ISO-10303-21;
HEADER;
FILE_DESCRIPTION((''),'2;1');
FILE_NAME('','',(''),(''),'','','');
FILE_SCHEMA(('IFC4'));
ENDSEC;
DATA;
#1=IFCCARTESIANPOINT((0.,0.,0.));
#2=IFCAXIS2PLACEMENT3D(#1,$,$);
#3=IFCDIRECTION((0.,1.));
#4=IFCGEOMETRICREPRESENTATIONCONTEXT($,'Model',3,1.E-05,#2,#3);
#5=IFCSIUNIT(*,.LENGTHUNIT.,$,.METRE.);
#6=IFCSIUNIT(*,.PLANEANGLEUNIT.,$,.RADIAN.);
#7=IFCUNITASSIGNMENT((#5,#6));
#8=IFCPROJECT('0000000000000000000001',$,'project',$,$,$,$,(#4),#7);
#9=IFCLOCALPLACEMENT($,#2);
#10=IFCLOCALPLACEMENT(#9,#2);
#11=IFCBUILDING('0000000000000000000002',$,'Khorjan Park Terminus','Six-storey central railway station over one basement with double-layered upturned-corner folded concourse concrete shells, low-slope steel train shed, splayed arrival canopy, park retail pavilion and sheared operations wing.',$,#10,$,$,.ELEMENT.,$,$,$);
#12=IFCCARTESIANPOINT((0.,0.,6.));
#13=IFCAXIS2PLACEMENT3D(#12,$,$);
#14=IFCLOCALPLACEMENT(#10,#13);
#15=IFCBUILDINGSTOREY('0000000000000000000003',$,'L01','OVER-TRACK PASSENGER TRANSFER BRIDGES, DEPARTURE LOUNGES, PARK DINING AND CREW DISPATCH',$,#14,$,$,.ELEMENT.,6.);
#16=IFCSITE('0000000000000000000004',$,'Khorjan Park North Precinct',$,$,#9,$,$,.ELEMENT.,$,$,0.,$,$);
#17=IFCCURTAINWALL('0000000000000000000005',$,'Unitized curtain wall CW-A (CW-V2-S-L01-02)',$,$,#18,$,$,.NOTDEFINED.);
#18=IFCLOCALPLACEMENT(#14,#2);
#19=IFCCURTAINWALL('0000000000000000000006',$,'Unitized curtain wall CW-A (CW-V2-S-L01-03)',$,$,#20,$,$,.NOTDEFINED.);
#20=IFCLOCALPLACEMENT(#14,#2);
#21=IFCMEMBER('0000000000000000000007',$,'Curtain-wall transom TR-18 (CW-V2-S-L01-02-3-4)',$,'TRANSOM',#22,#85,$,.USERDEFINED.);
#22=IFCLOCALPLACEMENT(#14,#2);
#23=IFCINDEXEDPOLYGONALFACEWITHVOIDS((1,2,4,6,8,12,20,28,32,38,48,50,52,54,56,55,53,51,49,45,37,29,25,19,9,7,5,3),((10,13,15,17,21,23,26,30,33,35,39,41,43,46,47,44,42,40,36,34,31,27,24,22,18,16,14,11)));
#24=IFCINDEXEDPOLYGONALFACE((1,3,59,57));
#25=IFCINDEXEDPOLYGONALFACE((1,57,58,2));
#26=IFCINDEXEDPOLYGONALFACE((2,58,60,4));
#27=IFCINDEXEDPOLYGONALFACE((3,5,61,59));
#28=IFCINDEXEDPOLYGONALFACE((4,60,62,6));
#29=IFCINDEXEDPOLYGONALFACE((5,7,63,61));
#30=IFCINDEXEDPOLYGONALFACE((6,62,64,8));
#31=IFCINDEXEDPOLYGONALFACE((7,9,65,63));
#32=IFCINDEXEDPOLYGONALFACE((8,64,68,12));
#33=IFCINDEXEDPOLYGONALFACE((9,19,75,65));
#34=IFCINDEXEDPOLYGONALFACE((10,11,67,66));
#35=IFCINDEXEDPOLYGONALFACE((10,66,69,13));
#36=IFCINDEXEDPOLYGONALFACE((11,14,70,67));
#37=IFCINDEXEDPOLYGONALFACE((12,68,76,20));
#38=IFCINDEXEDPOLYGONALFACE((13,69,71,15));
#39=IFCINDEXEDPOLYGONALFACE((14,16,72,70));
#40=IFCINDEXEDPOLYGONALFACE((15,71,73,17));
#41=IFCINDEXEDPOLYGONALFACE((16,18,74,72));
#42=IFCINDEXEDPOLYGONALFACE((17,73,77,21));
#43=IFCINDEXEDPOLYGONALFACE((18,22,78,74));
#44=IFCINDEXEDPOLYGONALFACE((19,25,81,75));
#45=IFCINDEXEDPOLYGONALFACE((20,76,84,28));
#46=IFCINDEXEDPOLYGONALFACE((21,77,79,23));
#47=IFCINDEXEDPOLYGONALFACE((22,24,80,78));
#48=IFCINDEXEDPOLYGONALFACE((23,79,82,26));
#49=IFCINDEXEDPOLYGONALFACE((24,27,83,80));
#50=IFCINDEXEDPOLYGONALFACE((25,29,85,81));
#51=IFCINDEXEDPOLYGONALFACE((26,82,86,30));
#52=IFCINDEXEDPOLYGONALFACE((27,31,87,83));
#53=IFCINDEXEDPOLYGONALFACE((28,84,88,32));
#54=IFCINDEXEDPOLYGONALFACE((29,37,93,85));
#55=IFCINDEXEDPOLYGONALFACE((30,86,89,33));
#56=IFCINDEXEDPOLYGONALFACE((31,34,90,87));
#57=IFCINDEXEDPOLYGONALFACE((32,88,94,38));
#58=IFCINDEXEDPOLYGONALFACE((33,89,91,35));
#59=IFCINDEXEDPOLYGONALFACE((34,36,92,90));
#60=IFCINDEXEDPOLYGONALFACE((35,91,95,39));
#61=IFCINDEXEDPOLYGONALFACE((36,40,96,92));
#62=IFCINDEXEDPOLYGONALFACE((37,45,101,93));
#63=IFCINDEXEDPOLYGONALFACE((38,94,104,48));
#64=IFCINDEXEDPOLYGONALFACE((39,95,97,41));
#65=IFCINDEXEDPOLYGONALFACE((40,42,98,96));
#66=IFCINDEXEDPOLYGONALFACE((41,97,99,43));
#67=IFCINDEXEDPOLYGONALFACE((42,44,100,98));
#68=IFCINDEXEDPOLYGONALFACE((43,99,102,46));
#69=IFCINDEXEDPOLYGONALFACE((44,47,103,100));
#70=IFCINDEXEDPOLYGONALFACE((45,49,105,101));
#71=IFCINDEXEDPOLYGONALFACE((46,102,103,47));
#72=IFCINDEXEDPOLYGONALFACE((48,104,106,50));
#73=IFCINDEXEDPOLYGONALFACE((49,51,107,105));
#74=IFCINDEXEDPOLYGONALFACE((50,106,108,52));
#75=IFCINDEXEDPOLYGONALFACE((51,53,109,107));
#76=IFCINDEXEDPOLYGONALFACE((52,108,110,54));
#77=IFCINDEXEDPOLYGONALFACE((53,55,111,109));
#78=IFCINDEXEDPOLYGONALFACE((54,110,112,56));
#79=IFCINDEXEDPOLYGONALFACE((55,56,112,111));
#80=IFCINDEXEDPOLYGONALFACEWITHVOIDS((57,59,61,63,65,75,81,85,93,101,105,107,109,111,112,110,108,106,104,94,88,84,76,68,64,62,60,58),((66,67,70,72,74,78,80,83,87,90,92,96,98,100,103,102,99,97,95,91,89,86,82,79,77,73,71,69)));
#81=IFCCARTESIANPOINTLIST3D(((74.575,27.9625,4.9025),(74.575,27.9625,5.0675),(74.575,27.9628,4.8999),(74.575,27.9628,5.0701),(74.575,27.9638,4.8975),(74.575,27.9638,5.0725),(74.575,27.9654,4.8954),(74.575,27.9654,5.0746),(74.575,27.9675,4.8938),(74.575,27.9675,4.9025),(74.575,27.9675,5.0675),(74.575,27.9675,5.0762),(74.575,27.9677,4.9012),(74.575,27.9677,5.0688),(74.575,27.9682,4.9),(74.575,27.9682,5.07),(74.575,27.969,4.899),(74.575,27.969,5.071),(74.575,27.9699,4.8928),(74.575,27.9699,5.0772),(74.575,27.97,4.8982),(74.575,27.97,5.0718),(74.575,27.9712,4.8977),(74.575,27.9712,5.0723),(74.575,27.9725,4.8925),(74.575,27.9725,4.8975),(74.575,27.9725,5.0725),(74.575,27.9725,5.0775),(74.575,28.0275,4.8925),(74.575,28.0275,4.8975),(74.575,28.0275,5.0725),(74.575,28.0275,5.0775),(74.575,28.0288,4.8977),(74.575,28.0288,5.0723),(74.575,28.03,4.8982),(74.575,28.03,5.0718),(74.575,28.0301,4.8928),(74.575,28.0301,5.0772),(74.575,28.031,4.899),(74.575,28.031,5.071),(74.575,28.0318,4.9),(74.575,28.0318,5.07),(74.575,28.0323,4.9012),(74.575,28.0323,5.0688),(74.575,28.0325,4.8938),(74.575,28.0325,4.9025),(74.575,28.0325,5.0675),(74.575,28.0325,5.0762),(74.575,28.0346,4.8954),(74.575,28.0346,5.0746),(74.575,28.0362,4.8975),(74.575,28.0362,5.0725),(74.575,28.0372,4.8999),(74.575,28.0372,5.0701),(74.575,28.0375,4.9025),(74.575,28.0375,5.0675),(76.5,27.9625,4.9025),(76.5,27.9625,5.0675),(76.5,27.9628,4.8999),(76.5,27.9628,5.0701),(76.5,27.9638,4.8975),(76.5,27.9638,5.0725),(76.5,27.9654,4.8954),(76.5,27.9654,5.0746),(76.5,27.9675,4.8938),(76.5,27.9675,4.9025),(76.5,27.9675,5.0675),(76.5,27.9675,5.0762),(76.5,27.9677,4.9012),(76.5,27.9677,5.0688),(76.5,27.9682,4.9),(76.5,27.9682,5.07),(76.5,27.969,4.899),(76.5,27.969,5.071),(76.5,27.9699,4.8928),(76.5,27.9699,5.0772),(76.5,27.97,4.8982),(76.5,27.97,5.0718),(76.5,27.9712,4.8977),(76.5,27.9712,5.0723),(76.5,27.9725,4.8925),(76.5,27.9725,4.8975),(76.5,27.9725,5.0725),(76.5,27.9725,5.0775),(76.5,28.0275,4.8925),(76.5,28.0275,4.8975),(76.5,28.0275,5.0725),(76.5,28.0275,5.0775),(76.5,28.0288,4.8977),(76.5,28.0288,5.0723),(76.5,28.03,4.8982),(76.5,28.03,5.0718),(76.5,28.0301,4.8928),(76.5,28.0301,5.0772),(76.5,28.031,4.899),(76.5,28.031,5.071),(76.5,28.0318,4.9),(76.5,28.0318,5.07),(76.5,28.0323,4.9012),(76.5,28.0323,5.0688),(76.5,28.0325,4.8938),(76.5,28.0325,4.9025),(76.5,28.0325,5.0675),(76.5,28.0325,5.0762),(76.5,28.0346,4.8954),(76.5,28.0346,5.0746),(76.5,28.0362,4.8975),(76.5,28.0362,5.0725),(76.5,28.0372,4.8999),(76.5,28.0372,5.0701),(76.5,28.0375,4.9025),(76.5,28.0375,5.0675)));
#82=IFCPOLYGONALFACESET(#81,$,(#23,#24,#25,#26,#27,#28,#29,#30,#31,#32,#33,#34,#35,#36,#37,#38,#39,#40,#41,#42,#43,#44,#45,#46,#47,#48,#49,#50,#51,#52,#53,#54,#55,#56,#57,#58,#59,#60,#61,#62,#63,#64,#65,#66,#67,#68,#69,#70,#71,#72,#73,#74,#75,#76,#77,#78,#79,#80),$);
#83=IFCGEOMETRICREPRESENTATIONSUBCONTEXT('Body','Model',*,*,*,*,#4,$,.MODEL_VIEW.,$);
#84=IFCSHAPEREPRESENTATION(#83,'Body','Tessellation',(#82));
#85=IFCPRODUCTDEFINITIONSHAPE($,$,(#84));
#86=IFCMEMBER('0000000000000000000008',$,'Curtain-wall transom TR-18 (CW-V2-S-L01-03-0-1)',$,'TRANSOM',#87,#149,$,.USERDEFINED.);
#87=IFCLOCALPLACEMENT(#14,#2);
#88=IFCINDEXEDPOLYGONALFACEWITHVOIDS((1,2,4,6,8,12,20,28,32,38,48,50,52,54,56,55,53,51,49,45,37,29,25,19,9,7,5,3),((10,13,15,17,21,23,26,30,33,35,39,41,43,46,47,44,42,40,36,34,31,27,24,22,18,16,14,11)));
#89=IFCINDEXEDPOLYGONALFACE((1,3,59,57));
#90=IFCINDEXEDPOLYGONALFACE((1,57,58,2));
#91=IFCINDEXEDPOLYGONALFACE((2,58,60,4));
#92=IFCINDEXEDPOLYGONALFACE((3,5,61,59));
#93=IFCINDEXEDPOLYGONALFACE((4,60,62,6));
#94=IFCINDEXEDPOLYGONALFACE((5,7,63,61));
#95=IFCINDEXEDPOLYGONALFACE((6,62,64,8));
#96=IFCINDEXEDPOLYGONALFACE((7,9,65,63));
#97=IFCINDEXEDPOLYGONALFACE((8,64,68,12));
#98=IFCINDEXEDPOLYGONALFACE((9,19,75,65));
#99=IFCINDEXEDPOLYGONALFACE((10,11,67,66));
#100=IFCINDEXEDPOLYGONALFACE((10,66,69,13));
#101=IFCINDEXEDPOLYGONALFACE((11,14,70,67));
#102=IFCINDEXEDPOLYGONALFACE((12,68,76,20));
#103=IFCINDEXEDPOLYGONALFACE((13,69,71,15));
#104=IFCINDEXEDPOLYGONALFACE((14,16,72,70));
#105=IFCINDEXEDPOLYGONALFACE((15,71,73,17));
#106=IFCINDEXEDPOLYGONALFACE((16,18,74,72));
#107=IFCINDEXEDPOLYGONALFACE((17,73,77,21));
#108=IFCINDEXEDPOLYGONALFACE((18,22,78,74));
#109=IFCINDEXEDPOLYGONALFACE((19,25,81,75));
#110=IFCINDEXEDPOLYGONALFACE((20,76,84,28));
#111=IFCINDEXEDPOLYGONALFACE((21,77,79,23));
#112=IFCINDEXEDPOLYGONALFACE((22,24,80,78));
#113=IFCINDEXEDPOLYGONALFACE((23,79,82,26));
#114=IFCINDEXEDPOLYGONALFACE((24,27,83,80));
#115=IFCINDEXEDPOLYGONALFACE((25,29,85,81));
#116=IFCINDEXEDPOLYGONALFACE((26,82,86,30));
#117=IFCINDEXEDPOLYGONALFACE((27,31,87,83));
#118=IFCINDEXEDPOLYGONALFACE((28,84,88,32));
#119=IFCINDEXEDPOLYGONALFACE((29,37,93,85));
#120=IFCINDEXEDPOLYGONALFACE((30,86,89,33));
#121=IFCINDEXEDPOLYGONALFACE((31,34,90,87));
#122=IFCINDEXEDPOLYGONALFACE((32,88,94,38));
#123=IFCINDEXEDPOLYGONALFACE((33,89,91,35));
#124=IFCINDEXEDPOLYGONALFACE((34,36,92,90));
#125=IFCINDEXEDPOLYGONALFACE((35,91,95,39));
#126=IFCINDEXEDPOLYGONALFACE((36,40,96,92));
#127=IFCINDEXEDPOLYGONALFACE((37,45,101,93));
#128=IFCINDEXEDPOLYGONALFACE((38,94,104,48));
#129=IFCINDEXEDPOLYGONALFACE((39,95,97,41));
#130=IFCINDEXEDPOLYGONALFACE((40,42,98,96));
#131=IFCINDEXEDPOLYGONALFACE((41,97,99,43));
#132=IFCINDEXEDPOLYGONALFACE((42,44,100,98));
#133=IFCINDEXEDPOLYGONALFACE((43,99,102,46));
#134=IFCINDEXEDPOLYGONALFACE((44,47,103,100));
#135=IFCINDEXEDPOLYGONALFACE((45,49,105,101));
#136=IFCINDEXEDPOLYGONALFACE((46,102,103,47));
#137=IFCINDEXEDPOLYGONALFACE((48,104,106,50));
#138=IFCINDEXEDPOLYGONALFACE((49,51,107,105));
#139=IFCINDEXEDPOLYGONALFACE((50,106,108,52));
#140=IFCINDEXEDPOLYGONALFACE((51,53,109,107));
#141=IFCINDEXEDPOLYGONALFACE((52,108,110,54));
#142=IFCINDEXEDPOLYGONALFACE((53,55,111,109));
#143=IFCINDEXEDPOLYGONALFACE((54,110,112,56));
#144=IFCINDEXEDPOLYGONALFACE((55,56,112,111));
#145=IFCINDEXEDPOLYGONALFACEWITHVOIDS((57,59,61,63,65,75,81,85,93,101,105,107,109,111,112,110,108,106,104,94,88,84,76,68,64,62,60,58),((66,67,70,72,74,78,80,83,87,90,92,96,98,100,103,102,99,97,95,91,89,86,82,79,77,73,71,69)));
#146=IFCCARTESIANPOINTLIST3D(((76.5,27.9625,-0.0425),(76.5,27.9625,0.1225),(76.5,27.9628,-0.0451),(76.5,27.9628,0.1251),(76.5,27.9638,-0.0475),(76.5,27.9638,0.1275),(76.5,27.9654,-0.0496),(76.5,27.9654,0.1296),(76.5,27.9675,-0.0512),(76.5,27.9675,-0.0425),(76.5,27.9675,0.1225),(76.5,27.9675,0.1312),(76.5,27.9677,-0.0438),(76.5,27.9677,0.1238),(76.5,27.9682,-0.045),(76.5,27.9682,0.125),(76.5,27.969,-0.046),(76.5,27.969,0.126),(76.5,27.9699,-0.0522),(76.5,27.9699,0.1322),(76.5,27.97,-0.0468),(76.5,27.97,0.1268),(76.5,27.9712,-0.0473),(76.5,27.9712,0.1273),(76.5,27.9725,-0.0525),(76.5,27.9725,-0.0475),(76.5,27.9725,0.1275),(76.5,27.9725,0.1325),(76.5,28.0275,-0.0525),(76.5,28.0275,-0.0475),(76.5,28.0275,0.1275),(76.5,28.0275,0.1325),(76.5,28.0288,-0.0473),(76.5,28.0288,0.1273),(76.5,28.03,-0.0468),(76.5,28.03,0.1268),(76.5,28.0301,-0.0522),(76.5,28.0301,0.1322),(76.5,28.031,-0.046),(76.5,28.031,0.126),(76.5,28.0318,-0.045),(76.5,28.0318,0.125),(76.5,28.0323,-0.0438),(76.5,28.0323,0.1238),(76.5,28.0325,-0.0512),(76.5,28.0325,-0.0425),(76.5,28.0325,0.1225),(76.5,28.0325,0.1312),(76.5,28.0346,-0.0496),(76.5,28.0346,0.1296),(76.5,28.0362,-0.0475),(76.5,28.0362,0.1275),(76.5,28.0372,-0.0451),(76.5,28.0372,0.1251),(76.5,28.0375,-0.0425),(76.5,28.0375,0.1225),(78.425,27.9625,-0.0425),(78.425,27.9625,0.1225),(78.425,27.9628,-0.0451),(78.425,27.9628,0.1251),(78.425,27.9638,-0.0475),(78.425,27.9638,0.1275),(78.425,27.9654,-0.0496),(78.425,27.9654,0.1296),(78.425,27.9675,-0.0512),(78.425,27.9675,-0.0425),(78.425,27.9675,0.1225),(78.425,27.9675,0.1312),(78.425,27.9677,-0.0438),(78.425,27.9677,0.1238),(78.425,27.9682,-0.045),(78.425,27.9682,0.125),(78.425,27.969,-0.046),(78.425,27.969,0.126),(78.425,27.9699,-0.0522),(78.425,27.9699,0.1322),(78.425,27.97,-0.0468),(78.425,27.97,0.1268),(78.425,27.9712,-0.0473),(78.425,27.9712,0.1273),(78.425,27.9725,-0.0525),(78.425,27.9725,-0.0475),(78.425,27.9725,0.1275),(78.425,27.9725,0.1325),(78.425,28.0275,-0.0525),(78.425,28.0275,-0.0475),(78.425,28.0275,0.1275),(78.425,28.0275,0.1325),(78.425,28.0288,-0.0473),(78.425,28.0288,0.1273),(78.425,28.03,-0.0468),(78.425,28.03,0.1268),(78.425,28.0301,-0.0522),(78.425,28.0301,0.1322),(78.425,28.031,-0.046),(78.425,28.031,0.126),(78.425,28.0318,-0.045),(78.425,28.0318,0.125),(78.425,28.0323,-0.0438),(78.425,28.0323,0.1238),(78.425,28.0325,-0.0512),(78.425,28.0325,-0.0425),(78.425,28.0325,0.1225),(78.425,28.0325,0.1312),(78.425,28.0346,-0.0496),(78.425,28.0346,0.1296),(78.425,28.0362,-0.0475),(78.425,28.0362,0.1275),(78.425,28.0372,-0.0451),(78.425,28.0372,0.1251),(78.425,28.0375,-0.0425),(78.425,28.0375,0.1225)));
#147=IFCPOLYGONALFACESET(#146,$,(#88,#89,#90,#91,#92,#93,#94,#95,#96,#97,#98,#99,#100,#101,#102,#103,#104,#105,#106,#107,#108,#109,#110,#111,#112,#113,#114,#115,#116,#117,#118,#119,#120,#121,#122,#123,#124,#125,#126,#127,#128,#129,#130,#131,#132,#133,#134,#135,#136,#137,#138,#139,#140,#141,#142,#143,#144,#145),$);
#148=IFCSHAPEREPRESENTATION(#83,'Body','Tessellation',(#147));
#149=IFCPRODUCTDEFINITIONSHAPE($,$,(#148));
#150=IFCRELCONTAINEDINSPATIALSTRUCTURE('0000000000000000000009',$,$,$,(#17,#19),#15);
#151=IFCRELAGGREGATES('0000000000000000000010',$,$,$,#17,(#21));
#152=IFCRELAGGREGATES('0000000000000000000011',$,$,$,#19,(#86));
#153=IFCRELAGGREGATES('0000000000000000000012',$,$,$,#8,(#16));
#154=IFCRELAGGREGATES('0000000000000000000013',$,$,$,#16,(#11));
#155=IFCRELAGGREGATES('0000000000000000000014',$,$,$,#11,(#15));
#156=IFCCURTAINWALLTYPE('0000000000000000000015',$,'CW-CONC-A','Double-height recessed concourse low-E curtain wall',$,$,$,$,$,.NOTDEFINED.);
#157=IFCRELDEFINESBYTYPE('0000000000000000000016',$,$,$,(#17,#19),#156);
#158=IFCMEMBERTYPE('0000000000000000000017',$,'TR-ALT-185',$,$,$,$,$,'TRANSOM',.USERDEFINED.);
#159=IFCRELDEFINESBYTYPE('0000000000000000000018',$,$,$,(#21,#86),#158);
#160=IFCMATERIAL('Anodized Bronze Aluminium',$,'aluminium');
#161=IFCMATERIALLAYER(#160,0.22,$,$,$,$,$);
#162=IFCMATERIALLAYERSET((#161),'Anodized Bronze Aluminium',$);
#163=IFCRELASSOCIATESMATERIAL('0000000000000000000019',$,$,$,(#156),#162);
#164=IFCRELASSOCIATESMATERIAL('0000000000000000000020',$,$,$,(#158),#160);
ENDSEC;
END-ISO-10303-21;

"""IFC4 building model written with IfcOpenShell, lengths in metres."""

from ifc_helpers import new_model, si_unit, direction, frame, origin, origin_2d, place, context, subcontext, project, spatial, hollow_rectangle, extrude, material, layer, layer_set, material_profile, profile_set, type_object, element, aggregate, save


model = new_model("IFC4")

# Units and contexts
model_context = context("Model", 3, precision=1e-05, world=origin(), true_north=direction((0.0, 1.0)))
body_context = subcontext(model_context, "Body", "Model", "MODEL_VIEW")
ifc_project = project(units=[si_unit("LENGTHUNIT", "METRE"), si_unit("PLANEANGLEUNIT", "RADIAN")], contexts=[model_context])

# Site, building, storey
site_placement = place(None, origin())
site = spatial("IfcSite", under=ifc_project, at=site_placement, Name="Khorjan Park North Precinct", CompositionType="ELEMENT", RefElevation=0.0)
building_placement = place(site_placement, origin())
building = spatial("IfcBuilding", under=site, at=building_placement, Name="Khorjan Park Terminus", Description="Six-storey central railway station over one basement with double-layered upturned-corner folded concourse concrete shells, low-slope steel train shed, splayed arrival canopy, park retail pavilion and sheared operations wing.", CompositionType="ELEMENT")
storey_placement = place(building_placement, frame((0.0, 0.0, 6.0)))
storey = spatial("IfcBuildingStorey", under=building, at=storey_placement, Name="L01", Description="OVER-TRACK PASSENGER TRANSFER BRIDGES, DEPARTURE LOUNGES, PARK DINING AND CREW DISPATCH", CompositionType="ELEMENT", Elevation=6.0)

# Curtain walls
ifc_material_1 = material(Name="Anodized Bronze Aluminium", Category="aluminium")
ifc_layer_1 = layer(ifc_material_1, 0.22)
ifc_layer_set_1 = layer_set([ifc_layer_1], Name="Anodized Bronze Aluminium")
curtain_wall_type = type_object("IfcCurtainWallType", Name="CW-CONC-A", Description="Double-height recessed concourse low-E curtain wall", PredefinedType="NOTDEFINED", material=ifc_layer_set_1)
curtain_wall_1_placement = place(storey_placement, origin())
curtain_wall_1 = element("IfcCurtainWall", 1, at=curtain_wall_1_placement, inside=storey, type_object=curtain_wall_type, Name="Unitized curtain wall CW-A (CW-V2-S-L01-02)", PredefinedType="NOTDEFINED")
curtain_wall_2_placement = place(storey_placement, origin())
curtain_wall_2 = element("IfcCurtainWall", 2, at=curtain_wall_2_placement, inside=storey, type_object=curtain_wall_type, Name="Unitized curtain wall CW-A (CW-V2-S-L01-03)", PredefinedType="NOTDEFINED")

# Members
ifc_material_profile_1 = material_profile(ifc_material_1, hollow_rectangle(XDim=0.075, YDim=0.185, WallThickness=0.005, InnerFilletRadius=0.005, OuterFilletRadius=0.01, at=origin_2d()), Name="ALT 75x185x5")
ifc_profile_set_1 = profile_set([ifc_material_profile_1], Name="Anodized Bronze Aluminium")
member_type_1 = type_object("IfcMemberType", Name="TR-ALT-185", ElementType="TRANSOM", PredefinedType="USERDEFINED", material=ifc_profile_set_1)
member_1_placement = place(storey_placement, frame((74.575, 28.0, 4.985), z_axis=(1.0, 0.0, 0.0), x_axis=(0.0, 1.0, 0.0)))
member_1 = element("IfcMember", 3, at=member_1_placement, type_object=member_type_1, Name="Curtain-wall transom TR-18 (CW-V2-S-L01-02-3-4)", ObjectType="TRANSOM", PredefinedType="USERDEFINED", context=body_context, shape_type="SweptSolid", body=[
    extrude(hollow_rectangle(XDim=0.075, YDim=0.185, WallThickness=0.005, InnerFilletRadius=0.005, OuterFilletRadius=0.01, at=origin_2d()), origin(), (0.0, 0.0, 1.0), 1.925),
])
member_2_placement = place(storey_placement, frame((76.5, 28.0, 0.04), z_axis=(1.0, 0.0, 0.0), x_axis=(0.0, 1.0, 0.0)))
member_2 = element("IfcMember", 4, at=member_2_placement, type_object=member_type_1, Name="Curtain-wall transom TR-18 (CW-V2-S-L01-03-0-1)", ObjectType="TRANSOM", PredefinedType="USERDEFINED", context=body_context, shape_type="SweptSolid", body=[
    extrude(hollow_rectangle(XDim=0.075, YDim=0.185, WallThickness=0.005, InnerFilletRadius=0.005, OuterFilletRadius=0.01, at=origin_2d()), origin(), (0.0, 0.0, 1.0), 1.925),
])

aggregate(curtain_wall_1, [member_1])
aggregate(curtain_wall_2, [member_2])

save(model, "model.ifc")
